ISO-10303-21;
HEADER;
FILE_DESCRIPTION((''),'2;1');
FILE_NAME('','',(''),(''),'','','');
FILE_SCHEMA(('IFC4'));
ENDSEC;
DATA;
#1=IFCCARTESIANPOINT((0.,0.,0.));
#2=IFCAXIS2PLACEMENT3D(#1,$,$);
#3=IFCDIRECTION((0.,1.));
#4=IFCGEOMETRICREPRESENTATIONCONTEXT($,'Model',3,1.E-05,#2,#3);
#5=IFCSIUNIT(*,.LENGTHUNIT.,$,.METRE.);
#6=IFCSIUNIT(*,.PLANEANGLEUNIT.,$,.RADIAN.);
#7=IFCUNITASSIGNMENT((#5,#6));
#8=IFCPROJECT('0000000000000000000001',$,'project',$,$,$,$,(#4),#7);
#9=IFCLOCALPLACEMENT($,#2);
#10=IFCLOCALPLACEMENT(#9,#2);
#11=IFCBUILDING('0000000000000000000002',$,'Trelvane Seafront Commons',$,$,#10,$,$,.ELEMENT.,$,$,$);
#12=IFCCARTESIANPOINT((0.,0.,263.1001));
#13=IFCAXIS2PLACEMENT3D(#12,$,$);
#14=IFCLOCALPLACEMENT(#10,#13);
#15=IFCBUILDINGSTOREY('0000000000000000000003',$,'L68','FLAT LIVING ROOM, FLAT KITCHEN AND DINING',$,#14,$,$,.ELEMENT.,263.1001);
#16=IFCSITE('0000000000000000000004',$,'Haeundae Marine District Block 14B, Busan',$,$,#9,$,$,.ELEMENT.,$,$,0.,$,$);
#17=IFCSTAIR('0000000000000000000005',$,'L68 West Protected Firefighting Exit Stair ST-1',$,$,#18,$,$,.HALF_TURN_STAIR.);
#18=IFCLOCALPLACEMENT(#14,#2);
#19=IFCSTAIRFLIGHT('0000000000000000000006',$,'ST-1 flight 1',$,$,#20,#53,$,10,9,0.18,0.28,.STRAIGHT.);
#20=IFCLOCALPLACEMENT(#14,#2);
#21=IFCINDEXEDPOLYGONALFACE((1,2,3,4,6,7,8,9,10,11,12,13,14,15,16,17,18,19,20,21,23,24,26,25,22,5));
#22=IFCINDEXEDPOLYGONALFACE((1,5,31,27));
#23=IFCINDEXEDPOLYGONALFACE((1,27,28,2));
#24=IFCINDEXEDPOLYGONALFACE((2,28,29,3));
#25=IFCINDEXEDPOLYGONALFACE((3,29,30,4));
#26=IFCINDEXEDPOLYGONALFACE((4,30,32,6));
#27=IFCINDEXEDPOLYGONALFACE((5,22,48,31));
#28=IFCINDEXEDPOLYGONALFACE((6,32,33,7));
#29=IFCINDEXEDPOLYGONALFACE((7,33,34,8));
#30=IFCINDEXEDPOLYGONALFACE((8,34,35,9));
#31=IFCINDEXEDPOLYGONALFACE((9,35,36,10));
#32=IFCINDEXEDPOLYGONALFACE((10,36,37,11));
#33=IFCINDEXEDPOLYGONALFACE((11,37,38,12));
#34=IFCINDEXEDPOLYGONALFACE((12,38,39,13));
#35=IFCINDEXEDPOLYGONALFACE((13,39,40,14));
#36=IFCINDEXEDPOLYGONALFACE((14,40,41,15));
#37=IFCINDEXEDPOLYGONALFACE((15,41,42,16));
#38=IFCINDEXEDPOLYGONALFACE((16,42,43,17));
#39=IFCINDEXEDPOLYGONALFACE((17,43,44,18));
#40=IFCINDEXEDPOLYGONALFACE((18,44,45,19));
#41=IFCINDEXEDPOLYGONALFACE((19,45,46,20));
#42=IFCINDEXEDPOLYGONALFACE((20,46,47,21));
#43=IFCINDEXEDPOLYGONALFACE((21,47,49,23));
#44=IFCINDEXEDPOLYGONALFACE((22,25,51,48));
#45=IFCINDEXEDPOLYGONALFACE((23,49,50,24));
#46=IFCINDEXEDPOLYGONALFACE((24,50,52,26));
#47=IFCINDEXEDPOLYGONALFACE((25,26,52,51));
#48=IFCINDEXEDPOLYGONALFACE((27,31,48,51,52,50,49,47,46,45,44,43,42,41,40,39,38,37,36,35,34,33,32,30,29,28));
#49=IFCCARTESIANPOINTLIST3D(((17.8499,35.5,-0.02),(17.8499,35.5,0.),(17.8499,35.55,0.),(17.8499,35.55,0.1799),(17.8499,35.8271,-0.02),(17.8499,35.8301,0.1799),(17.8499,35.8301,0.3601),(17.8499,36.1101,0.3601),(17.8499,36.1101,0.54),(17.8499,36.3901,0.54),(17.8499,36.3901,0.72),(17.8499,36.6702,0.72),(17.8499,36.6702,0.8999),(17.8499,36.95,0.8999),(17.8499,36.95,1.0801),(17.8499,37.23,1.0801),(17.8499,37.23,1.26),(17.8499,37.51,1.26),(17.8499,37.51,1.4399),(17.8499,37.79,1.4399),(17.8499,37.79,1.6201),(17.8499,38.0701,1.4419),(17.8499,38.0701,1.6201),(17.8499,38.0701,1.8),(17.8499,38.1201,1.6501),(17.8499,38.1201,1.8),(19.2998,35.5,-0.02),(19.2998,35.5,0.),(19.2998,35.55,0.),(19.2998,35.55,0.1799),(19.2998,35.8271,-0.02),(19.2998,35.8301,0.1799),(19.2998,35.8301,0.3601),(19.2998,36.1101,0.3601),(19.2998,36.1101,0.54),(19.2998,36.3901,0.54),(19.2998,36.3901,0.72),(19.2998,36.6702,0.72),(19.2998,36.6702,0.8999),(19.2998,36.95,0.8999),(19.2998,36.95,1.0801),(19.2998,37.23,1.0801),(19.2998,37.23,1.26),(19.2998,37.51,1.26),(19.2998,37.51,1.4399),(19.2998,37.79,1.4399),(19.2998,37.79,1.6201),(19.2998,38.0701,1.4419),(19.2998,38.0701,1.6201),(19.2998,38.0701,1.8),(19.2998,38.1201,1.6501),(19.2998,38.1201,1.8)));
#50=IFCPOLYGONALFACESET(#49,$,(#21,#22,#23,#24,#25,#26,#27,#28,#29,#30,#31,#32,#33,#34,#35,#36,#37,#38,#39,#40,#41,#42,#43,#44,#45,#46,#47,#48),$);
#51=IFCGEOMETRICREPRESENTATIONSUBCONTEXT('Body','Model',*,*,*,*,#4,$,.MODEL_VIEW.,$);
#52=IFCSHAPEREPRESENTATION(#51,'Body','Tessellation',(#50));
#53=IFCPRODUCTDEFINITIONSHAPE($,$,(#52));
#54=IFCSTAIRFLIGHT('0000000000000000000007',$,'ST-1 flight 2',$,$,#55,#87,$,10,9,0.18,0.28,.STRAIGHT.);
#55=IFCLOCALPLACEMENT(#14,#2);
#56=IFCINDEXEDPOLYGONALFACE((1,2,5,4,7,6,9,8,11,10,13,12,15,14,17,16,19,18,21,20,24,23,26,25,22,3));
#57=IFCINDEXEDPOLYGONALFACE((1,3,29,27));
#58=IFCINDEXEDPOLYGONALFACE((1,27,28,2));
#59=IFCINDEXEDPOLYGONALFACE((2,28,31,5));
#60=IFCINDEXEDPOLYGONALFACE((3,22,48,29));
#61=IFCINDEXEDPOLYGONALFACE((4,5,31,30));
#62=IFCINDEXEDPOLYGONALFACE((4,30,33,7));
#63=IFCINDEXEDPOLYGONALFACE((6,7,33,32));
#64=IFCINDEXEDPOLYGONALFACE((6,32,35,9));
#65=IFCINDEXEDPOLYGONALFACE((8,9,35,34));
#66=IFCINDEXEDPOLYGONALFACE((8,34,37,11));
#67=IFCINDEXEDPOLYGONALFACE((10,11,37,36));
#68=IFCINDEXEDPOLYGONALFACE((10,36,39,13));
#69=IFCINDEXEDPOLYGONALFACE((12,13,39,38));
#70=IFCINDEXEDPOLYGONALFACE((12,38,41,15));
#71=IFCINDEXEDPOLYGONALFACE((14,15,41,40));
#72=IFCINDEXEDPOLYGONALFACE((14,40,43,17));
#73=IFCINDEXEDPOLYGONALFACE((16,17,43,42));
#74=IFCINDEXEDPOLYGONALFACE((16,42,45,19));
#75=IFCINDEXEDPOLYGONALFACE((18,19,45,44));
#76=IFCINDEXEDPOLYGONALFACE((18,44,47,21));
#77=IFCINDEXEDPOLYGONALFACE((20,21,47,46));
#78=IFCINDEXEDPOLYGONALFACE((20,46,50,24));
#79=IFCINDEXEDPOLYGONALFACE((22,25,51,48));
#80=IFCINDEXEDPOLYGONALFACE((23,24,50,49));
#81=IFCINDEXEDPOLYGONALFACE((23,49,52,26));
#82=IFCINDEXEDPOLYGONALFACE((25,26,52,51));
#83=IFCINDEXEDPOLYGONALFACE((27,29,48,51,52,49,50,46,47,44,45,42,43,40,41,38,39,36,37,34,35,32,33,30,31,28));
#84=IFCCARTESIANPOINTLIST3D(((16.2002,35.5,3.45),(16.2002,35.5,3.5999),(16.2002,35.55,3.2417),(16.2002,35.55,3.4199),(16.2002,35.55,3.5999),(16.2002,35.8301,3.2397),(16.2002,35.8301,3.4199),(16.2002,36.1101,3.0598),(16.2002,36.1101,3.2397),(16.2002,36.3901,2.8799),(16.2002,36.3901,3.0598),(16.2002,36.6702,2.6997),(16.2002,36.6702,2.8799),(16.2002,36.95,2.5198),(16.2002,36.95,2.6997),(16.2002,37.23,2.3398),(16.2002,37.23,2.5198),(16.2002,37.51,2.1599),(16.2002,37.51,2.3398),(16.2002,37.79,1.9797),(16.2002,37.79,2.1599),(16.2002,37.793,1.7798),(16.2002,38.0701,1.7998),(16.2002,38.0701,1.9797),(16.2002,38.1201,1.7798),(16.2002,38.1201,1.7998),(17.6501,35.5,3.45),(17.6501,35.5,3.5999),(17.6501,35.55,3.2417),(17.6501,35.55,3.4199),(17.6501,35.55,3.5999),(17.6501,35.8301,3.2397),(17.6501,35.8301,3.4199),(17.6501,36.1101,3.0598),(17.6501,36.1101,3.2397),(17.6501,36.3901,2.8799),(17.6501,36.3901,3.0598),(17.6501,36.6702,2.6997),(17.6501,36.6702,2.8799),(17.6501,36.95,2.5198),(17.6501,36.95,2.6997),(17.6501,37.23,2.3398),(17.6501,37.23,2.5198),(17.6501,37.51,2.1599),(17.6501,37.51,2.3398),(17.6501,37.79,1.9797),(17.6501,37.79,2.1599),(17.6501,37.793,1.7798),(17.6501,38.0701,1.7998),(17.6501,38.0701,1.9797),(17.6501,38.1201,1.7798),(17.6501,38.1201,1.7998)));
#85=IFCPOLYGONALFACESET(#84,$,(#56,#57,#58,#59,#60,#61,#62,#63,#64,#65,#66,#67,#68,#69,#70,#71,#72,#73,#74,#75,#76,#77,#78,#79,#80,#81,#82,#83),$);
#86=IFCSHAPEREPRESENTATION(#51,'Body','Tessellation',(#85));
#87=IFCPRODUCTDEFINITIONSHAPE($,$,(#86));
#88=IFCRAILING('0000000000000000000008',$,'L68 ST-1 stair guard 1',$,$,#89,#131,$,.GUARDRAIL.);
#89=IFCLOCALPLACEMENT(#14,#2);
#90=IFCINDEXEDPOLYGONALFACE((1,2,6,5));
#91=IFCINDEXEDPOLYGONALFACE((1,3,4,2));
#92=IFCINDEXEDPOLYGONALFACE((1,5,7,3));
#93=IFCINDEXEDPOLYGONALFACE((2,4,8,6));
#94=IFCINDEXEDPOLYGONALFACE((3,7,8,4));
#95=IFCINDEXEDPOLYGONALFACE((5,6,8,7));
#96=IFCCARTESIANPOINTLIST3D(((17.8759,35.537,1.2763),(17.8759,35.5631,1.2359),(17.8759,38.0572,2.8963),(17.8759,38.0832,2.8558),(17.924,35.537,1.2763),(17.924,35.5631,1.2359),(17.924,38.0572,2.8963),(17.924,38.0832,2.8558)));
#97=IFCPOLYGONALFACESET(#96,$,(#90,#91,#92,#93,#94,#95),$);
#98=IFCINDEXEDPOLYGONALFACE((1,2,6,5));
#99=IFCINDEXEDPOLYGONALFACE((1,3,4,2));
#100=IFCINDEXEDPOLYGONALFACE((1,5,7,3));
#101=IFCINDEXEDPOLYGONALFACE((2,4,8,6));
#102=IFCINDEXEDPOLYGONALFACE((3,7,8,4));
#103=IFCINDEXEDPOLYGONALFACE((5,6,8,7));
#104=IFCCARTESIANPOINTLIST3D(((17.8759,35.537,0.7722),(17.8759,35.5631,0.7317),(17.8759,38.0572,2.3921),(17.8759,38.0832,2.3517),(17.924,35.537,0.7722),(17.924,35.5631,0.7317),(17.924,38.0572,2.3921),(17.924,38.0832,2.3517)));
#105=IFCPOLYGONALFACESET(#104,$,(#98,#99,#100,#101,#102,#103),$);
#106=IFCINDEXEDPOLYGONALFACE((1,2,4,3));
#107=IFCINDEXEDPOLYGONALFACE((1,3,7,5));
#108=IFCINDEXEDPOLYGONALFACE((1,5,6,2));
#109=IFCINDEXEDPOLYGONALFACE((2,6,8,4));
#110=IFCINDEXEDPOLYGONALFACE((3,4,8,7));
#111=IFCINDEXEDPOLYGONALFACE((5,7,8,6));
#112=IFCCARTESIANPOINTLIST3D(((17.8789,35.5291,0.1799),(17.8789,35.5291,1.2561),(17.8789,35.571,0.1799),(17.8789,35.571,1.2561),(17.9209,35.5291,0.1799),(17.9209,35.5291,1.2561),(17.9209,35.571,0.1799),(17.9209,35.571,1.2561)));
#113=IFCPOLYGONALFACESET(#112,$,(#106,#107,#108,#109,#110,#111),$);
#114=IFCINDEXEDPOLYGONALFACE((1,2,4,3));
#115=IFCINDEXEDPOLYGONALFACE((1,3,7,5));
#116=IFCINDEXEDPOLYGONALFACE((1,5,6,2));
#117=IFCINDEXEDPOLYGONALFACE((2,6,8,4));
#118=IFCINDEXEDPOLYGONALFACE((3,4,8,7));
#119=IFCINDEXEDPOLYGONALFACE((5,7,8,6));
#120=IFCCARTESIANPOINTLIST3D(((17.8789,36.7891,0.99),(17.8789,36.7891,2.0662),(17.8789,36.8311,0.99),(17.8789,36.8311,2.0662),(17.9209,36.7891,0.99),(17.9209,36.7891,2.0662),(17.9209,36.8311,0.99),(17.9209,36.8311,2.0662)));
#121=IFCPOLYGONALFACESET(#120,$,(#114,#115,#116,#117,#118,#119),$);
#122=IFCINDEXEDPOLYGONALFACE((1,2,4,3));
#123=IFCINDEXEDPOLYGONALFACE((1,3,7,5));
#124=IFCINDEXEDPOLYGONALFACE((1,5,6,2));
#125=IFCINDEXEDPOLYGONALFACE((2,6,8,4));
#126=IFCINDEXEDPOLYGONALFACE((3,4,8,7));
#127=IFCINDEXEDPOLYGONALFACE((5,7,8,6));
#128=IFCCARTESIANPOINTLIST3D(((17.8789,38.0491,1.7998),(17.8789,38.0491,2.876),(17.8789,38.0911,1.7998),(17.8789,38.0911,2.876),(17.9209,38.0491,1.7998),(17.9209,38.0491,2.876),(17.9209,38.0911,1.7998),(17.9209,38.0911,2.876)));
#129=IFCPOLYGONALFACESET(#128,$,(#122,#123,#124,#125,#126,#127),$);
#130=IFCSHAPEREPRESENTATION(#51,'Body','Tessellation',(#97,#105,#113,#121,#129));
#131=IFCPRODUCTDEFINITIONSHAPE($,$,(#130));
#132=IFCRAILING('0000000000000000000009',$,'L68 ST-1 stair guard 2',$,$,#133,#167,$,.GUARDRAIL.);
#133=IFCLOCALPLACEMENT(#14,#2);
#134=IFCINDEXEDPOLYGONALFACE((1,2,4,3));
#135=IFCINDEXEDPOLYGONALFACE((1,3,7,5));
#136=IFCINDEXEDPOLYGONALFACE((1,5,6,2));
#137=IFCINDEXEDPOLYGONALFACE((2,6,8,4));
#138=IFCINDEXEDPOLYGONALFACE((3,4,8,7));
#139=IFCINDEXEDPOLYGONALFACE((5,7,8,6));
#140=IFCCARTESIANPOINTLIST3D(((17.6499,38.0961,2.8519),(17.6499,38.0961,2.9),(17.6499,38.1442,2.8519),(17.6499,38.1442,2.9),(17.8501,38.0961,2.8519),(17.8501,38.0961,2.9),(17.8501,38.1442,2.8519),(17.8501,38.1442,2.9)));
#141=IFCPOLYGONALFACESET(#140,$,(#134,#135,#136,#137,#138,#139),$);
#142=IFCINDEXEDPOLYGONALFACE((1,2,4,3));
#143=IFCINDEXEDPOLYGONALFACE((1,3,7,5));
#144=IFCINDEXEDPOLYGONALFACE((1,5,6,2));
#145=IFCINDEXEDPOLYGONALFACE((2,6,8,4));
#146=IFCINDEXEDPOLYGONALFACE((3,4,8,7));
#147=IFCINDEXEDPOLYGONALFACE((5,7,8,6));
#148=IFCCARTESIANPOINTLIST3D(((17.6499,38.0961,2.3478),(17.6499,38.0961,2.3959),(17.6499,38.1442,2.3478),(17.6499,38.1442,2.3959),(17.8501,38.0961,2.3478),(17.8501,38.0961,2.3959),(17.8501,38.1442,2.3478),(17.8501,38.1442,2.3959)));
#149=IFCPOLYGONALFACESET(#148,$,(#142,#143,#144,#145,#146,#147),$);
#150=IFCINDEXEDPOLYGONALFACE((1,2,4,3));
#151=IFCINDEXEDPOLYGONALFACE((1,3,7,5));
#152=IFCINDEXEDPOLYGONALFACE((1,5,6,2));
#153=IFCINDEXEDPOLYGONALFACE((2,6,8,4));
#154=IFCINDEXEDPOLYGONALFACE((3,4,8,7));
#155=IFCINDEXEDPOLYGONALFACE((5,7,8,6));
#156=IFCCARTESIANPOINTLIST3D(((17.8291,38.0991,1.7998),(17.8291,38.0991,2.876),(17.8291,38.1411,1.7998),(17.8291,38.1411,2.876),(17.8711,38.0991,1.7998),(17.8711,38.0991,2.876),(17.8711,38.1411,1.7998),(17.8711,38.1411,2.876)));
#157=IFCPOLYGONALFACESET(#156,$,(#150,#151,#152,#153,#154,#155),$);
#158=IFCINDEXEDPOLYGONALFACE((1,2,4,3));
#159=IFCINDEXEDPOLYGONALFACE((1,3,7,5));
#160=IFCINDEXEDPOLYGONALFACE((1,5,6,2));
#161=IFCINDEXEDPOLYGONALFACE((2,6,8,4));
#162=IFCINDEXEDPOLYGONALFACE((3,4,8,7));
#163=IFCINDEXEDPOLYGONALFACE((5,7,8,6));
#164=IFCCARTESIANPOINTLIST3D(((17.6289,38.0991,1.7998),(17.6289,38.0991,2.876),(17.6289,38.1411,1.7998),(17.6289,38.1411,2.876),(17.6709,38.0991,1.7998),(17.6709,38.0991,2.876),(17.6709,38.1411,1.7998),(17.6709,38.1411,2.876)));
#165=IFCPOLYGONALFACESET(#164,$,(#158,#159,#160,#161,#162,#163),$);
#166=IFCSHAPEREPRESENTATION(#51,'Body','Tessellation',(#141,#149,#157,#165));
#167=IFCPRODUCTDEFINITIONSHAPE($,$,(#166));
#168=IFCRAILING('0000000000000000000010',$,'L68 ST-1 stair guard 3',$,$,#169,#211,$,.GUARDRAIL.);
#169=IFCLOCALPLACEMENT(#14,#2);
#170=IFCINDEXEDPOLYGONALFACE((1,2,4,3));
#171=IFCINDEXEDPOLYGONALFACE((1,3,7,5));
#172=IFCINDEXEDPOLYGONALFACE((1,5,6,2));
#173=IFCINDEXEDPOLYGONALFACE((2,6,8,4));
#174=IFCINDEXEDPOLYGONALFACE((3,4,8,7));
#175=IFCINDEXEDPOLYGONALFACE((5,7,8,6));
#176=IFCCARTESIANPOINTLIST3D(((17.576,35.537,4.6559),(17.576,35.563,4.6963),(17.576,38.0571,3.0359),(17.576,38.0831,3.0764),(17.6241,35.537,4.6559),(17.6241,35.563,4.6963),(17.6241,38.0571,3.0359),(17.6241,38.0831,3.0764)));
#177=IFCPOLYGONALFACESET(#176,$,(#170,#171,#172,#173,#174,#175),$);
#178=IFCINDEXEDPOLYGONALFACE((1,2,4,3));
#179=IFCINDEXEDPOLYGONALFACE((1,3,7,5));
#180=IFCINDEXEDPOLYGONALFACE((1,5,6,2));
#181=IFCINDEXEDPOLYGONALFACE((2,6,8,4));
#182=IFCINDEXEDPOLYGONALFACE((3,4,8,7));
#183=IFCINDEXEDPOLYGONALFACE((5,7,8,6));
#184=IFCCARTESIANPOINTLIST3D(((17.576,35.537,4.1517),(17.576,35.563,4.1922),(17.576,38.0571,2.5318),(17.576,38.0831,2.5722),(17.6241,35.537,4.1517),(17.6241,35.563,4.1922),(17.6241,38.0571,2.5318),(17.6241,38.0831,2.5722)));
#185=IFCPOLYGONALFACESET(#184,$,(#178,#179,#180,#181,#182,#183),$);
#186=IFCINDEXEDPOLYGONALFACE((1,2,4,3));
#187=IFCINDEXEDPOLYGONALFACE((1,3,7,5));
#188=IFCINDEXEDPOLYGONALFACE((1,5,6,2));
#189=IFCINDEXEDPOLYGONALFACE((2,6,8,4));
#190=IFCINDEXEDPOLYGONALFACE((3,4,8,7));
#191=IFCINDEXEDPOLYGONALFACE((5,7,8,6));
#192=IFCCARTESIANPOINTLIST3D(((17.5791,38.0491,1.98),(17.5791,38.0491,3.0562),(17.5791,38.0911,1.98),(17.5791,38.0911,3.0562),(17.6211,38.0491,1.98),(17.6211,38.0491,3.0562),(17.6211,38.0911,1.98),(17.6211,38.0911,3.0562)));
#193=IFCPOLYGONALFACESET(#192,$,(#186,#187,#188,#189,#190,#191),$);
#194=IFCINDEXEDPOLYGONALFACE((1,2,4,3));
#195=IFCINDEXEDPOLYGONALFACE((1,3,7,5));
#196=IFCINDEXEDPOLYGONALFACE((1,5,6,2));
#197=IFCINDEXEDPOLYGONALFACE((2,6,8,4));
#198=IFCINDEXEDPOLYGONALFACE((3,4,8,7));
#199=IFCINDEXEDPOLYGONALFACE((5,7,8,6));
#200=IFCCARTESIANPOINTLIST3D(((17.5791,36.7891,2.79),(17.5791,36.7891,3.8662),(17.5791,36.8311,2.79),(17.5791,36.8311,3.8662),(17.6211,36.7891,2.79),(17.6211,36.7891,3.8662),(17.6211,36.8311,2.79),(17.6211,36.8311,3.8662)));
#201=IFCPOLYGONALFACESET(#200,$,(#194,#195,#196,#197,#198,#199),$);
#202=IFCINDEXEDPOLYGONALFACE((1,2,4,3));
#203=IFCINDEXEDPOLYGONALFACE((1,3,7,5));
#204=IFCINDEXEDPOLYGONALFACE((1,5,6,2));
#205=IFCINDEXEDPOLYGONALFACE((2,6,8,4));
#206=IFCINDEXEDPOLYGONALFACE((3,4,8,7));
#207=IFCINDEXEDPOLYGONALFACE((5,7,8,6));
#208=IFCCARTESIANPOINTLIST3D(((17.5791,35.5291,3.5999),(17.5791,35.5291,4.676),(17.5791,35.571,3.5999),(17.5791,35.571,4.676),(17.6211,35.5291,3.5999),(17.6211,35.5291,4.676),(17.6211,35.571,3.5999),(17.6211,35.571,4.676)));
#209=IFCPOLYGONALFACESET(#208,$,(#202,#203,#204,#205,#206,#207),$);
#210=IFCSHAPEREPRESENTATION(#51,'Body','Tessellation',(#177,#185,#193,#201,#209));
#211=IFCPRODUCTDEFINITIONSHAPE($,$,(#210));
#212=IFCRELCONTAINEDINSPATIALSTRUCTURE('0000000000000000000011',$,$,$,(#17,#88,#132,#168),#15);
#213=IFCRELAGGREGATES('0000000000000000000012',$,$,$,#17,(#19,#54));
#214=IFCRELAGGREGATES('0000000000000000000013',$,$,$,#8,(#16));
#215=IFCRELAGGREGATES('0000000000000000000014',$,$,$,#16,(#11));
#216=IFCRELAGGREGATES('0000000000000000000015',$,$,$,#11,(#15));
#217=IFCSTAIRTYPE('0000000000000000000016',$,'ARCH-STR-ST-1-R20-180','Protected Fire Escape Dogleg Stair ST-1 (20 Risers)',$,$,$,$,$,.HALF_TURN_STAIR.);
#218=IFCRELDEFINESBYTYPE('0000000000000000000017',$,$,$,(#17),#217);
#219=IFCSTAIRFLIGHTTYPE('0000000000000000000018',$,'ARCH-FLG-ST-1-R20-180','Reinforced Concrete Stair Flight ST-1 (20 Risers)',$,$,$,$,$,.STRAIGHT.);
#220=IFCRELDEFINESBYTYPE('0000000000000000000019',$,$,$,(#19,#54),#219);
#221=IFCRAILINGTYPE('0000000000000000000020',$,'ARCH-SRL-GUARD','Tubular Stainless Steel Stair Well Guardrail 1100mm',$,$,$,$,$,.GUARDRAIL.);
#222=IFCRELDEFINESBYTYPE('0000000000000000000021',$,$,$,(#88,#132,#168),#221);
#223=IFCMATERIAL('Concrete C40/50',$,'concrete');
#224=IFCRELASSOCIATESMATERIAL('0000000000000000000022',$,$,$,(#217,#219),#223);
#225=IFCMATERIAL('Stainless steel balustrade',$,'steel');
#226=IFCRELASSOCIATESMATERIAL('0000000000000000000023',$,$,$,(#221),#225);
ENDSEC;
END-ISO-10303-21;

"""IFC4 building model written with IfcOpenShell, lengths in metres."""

from ifc_helpers import new_model, si_unit, direction, frame, origin, origin_2d, place, context, subcontext, project, spatial, polyline, rectangle, outline, extrude, source, transform, mapped, material, type_object, element, aggregate, save


model = new_model("IFC4")

# Units and contexts
model_context = context("Model", 3, precision=1e-05, world=origin(), true_north=direction((0.0, 1.0)))
body_context = subcontext(model_context, "Body", "Model", "MODEL_VIEW")
ifc_project = project(units=[si_unit("LENGTHUNIT", "METRE"), si_unit("PLANEANGLEUNIT", "RADIAN")], contexts=[model_context])

# Site, building, storey
site_placement = place(None, origin())
site = spatial("IfcSite", under=ifc_project, at=site_placement, Name="Haeundae Marine District Block 14B, Busan", CompositionType="ELEMENT", RefElevation=0.0)
building_placement = place(site_placement, origin())
building = spatial("IfcBuilding", under=site, at=building_placement, Name="Trelvane Seafront Commons", CompositionType="ELEMENT")
storey_placement = place(building_placement, frame((0.0, 0.0, 263.1001)))
storey = spatial("IfcBuildingStorey", under=building, at=storey_placement, Name="L68", Description="FLAT LIVING ROOM, FLAT KITCHEN AND DINING", CompositionType="ELEMENT", Elevation=263.1001)

# Shared definitions
ifc_material_1 = material(Name="Concrete C40/50", Category="concrete")
ifc_material_2 = material(Name="Stainless steel balustrade", Category="steel")

# Stair, stair flights
stair_type = type_object("IfcStairType", Name="ARCH-STR-ST-1-R20-180", Description="Protected Fire Escape Dogleg Stair ST-1 (20 Risers)", PredefinedType="HALF_TURN_STAIR", material=ifc_material_1)
stair_placement = place(storey_placement, origin())
stair = element("IfcStair", 1, at=stair_placement, inside=storey, type_object=stair_type, Name="L68 West Protected Firefighting Exit Stair ST-1", PredefinedType="HALF_TURN_STAIR")
stair_flight_type = type_object("IfcStairFlightType", Name="ARCH-FLG-ST-1-R20-180", Description="Reinforced Concrete Stair Flight ST-1 (20 Risers)", PredefinedType="STRAIGHT", material=ifc_material_1)
shared_shape_1 = source(origin(), body_context, "Body", "SweptSolid", [
    extrude(outline(polyline([(-0.05, -0.02), (-0.05, 0.0), (0.0, 0.0), (0.0, 0.1799), (0.28, 0.1799), (0.28, 0.3601), (0.5601, 0.3601), (0.5601, 0.54), (0.8401, 0.54), (0.8401, 0.72), (1.1201, 0.72), (1.1201, 0.8999), (1.3999, 0.8999), (1.3999, 1.0801), (1.6799, 1.0801), (1.6799, 1.26), (1.96, 1.26), (1.96, 1.4399), (2.24, 1.4399), (2.24, 1.6201), (2.52, 1.6201), (2.52, 1.8), (2.5701, 1.8), (2.5701, 1.6501), (2.52, 1.4419), (0.2771, -0.02), (-0.05, -0.02)])), frame((0.0, 0.7251, 0.0), z_axis=(0.0, -1.0, 0.0), x_axis=(1.0, 0.0, 0.0)), (0.0, 0.0, 1.0), 1.45),
])
stair_flight_1_placement = place(storey_placement, frame((18.575, 35.55, 0.0), z_axis=(0.0, 0.0, 1.0), x_axis=(0.0, 1.0, 0.0)))
stair_flight_1 = element("IfcStairFlight", 2, at=stair_flight_1_placement, type_object=stair_flight_type, Name="ST-1 flight 1", NumberOfRisers=10, NumberOfTreads=9, PredefinedType="STRAIGHT", RiserHeight=0.18, TreadLength=0.28, context=body_context, shape_type="MappedRepresentation", body=[
    mapped(shared_shape_1, transform((0.0, 0.0, 0.0), x_axis=(1.0, 0.0, 0.0), y_axis=(0.0, 1.0, 0.0), z_axis=(0.0, 0.0, 1.0), scale=1.0)),
])
stair_flight_2_placement = place(storey_placement, frame((16.925, 38.0701, 1.7998), z_axis=(0.0, 0.0, 1.0), x_axis=(0.0, -1.0, 0.0)))
stair_flight_2 = element("IfcStairFlight", 3, at=stair_flight_2_placement, type_object=stair_flight_type, Name="ST-1 flight 2", NumberOfRisers=10, NumberOfTreads=9, PredefinedType="STRAIGHT", RiserHeight=0.18, TreadLength=0.28, context=body_context, shape_type="MappedRepresentation", body=[
    mapped(shared_shape_1, transform((0.0, 0.0, 0.0), x_axis=(1.0, 0.0, 0.0), y_axis=(0.0, 1.0, 0.0), z_axis=(0.0, 0.0, 1.0), scale=1.0)),
])
aggregate(stair, [stair_flight_1, stair_flight_2])

# Railings
railing_type_1 = type_object("IfcRailingType", Name="ARCH-SRL-GUARD", Description="Tubular Stainless Steel Stair Well Guardrail 1100mm", PredefinedType="GUARDRAIL", material=ifc_material_2)
railing_1_placement = place(storey_placement, frame((17.8999, 35.55, 0.1799)))
element("IfcRailing", 4, at=railing_1_placement, inside=storey, type_object=railing_type_1, Name="L68 ST-1 stair guard 1", PredefinedType="GUARDRAIL", context=body_context, shape_type="SweptSolid", body=[
    extrude(rectangle(XDim=0.0481, YDim=0.0481, at=origin_2d()), frame((0.0, 0.0, 1.0762), z_axis=(0.0, 0.8412, 0.540725), x_axis=(-1.0, 0.0, 0.0)), (0.0, 0.0, 1.0), 2.9958),
    extrude(rectangle(XDim=0.0481, YDim=0.0481, at=origin_2d()), frame((0.0, 0.0, 0.572), z_axis=(0.0, 0.8412, 0.540725), x_axis=(-1.0, 0.0, 0.0)), (0.0, 0.0, 1.0), 2.9958),
    extrude(rectangle(XDim=0.042, YDim=0.042, at=origin_2d()), origin(), (0.0, 0.0, 1.0), 1.0762),
    extrude(rectangle(XDim=0.042, YDim=0.042, at=origin_2d()), frame((0.0, 1.26, 0.8101)), (0.0, 0.0, 1.0), 1.0762),
    extrude(rectangle(XDim=0.042, YDim=0.042, at=origin_2d()), frame((0.0, 2.52, 1.6199)), (0.0, 0.0, 1.0), 1.0762),
])
railing_2_placement = place(storey_placement, frame((17.8501, 38.1201, 1.7998)))
element("IfcRailing", 5, at=railing_2_placement, inside=storey, type_object=railing_type_1, Name="L68 ST-1 stair guard 2", PredefinedType="GUARDRAIL", context=body_context, shape_type="SweptSolid", body=[
    extrude(rectangle(XDim=0.0481, YDim=0.0481, at=origin_2d()), frame((0.0, 0.0, 1.0762), z_axis=(-1.0, 0.0, 0.0), x_axis=(0.0, -1.0, 0.0)), (0.0, 0.0, 1.0), 0.2002),
    extrude(rectangle(XDim=0.0481, YDim=0.0481, at=origin_2d()), frame((0.0, 0.0, 0.572), z_axis=(-1.0, 0.0, 0.0), x_axis=(0.0, -1.0, 0.0)), (0.0, 0.0, 1.0), 0.2002),
    extrude(rectangle(XDim=0.042, YDim=0.042, at=origin_2d()), origin(), (0.0, 0.0, 1.0), 1.0762),
    extrude(rectangle(XDim=0.042, YDim=0.042, at=origin_2d()), frame((-0.2002, 0.0, 0.0)), (0.0, 0.0, 1.0), 1.0762),
])
railing_3_placement = place(storey_placement, frame((17.6001, 38.0701, 1.98)))
element("IfcRailing", 6, at=railing_3_placement, inside=storey, type_object=railing_type_1, Name="L68 ST-1 stair guard 3", PredefinedType="GUARDRAIL", context=body_context, shape_type="SweptSolid", body=[
    extrude(rectangle(XDim=0.0481, YDim=0.0481, at=origin_2d()), frame((0.0, 0.0, 1.0762), z_axis=(0.0, -0.8412, 0.540725), x_axis=(1.0, 0.0, 0.0)), (0.0, 0.0, 1.0), 2.9958),
    extrude(rectangle(XDim=0.0481, YDim=0.0481, at=origin_2d()), frame((0.0, 0.0, 0.572), z_axis=(0.0, -0.8412, 0.540725), x_axis=(1.0, 0.0, 0.0)), (0.0, 0.0, 1.0), 2.9958),
    extrude(rectangle(XDim=0.042, YDim=0.042, at=origin_2d()), origin(), (0.0, 0.0, 1.0), 1.0762),
    extrude(rectangle(XDim=0.042, YDim=0.042, at=origin_2d()), frame((0.0, -1.26, 0.8101)), (0.0, 0.0, 1.0), 1.0762),
    extrude(rectangle(XDim=0.042, YDim=0.042, at=origin_2d()), frame((0.0, -2.52, 1.6199)), (0.0, 0.0, 1.0), 1.0762),
])

save(model, "model.ifc")
